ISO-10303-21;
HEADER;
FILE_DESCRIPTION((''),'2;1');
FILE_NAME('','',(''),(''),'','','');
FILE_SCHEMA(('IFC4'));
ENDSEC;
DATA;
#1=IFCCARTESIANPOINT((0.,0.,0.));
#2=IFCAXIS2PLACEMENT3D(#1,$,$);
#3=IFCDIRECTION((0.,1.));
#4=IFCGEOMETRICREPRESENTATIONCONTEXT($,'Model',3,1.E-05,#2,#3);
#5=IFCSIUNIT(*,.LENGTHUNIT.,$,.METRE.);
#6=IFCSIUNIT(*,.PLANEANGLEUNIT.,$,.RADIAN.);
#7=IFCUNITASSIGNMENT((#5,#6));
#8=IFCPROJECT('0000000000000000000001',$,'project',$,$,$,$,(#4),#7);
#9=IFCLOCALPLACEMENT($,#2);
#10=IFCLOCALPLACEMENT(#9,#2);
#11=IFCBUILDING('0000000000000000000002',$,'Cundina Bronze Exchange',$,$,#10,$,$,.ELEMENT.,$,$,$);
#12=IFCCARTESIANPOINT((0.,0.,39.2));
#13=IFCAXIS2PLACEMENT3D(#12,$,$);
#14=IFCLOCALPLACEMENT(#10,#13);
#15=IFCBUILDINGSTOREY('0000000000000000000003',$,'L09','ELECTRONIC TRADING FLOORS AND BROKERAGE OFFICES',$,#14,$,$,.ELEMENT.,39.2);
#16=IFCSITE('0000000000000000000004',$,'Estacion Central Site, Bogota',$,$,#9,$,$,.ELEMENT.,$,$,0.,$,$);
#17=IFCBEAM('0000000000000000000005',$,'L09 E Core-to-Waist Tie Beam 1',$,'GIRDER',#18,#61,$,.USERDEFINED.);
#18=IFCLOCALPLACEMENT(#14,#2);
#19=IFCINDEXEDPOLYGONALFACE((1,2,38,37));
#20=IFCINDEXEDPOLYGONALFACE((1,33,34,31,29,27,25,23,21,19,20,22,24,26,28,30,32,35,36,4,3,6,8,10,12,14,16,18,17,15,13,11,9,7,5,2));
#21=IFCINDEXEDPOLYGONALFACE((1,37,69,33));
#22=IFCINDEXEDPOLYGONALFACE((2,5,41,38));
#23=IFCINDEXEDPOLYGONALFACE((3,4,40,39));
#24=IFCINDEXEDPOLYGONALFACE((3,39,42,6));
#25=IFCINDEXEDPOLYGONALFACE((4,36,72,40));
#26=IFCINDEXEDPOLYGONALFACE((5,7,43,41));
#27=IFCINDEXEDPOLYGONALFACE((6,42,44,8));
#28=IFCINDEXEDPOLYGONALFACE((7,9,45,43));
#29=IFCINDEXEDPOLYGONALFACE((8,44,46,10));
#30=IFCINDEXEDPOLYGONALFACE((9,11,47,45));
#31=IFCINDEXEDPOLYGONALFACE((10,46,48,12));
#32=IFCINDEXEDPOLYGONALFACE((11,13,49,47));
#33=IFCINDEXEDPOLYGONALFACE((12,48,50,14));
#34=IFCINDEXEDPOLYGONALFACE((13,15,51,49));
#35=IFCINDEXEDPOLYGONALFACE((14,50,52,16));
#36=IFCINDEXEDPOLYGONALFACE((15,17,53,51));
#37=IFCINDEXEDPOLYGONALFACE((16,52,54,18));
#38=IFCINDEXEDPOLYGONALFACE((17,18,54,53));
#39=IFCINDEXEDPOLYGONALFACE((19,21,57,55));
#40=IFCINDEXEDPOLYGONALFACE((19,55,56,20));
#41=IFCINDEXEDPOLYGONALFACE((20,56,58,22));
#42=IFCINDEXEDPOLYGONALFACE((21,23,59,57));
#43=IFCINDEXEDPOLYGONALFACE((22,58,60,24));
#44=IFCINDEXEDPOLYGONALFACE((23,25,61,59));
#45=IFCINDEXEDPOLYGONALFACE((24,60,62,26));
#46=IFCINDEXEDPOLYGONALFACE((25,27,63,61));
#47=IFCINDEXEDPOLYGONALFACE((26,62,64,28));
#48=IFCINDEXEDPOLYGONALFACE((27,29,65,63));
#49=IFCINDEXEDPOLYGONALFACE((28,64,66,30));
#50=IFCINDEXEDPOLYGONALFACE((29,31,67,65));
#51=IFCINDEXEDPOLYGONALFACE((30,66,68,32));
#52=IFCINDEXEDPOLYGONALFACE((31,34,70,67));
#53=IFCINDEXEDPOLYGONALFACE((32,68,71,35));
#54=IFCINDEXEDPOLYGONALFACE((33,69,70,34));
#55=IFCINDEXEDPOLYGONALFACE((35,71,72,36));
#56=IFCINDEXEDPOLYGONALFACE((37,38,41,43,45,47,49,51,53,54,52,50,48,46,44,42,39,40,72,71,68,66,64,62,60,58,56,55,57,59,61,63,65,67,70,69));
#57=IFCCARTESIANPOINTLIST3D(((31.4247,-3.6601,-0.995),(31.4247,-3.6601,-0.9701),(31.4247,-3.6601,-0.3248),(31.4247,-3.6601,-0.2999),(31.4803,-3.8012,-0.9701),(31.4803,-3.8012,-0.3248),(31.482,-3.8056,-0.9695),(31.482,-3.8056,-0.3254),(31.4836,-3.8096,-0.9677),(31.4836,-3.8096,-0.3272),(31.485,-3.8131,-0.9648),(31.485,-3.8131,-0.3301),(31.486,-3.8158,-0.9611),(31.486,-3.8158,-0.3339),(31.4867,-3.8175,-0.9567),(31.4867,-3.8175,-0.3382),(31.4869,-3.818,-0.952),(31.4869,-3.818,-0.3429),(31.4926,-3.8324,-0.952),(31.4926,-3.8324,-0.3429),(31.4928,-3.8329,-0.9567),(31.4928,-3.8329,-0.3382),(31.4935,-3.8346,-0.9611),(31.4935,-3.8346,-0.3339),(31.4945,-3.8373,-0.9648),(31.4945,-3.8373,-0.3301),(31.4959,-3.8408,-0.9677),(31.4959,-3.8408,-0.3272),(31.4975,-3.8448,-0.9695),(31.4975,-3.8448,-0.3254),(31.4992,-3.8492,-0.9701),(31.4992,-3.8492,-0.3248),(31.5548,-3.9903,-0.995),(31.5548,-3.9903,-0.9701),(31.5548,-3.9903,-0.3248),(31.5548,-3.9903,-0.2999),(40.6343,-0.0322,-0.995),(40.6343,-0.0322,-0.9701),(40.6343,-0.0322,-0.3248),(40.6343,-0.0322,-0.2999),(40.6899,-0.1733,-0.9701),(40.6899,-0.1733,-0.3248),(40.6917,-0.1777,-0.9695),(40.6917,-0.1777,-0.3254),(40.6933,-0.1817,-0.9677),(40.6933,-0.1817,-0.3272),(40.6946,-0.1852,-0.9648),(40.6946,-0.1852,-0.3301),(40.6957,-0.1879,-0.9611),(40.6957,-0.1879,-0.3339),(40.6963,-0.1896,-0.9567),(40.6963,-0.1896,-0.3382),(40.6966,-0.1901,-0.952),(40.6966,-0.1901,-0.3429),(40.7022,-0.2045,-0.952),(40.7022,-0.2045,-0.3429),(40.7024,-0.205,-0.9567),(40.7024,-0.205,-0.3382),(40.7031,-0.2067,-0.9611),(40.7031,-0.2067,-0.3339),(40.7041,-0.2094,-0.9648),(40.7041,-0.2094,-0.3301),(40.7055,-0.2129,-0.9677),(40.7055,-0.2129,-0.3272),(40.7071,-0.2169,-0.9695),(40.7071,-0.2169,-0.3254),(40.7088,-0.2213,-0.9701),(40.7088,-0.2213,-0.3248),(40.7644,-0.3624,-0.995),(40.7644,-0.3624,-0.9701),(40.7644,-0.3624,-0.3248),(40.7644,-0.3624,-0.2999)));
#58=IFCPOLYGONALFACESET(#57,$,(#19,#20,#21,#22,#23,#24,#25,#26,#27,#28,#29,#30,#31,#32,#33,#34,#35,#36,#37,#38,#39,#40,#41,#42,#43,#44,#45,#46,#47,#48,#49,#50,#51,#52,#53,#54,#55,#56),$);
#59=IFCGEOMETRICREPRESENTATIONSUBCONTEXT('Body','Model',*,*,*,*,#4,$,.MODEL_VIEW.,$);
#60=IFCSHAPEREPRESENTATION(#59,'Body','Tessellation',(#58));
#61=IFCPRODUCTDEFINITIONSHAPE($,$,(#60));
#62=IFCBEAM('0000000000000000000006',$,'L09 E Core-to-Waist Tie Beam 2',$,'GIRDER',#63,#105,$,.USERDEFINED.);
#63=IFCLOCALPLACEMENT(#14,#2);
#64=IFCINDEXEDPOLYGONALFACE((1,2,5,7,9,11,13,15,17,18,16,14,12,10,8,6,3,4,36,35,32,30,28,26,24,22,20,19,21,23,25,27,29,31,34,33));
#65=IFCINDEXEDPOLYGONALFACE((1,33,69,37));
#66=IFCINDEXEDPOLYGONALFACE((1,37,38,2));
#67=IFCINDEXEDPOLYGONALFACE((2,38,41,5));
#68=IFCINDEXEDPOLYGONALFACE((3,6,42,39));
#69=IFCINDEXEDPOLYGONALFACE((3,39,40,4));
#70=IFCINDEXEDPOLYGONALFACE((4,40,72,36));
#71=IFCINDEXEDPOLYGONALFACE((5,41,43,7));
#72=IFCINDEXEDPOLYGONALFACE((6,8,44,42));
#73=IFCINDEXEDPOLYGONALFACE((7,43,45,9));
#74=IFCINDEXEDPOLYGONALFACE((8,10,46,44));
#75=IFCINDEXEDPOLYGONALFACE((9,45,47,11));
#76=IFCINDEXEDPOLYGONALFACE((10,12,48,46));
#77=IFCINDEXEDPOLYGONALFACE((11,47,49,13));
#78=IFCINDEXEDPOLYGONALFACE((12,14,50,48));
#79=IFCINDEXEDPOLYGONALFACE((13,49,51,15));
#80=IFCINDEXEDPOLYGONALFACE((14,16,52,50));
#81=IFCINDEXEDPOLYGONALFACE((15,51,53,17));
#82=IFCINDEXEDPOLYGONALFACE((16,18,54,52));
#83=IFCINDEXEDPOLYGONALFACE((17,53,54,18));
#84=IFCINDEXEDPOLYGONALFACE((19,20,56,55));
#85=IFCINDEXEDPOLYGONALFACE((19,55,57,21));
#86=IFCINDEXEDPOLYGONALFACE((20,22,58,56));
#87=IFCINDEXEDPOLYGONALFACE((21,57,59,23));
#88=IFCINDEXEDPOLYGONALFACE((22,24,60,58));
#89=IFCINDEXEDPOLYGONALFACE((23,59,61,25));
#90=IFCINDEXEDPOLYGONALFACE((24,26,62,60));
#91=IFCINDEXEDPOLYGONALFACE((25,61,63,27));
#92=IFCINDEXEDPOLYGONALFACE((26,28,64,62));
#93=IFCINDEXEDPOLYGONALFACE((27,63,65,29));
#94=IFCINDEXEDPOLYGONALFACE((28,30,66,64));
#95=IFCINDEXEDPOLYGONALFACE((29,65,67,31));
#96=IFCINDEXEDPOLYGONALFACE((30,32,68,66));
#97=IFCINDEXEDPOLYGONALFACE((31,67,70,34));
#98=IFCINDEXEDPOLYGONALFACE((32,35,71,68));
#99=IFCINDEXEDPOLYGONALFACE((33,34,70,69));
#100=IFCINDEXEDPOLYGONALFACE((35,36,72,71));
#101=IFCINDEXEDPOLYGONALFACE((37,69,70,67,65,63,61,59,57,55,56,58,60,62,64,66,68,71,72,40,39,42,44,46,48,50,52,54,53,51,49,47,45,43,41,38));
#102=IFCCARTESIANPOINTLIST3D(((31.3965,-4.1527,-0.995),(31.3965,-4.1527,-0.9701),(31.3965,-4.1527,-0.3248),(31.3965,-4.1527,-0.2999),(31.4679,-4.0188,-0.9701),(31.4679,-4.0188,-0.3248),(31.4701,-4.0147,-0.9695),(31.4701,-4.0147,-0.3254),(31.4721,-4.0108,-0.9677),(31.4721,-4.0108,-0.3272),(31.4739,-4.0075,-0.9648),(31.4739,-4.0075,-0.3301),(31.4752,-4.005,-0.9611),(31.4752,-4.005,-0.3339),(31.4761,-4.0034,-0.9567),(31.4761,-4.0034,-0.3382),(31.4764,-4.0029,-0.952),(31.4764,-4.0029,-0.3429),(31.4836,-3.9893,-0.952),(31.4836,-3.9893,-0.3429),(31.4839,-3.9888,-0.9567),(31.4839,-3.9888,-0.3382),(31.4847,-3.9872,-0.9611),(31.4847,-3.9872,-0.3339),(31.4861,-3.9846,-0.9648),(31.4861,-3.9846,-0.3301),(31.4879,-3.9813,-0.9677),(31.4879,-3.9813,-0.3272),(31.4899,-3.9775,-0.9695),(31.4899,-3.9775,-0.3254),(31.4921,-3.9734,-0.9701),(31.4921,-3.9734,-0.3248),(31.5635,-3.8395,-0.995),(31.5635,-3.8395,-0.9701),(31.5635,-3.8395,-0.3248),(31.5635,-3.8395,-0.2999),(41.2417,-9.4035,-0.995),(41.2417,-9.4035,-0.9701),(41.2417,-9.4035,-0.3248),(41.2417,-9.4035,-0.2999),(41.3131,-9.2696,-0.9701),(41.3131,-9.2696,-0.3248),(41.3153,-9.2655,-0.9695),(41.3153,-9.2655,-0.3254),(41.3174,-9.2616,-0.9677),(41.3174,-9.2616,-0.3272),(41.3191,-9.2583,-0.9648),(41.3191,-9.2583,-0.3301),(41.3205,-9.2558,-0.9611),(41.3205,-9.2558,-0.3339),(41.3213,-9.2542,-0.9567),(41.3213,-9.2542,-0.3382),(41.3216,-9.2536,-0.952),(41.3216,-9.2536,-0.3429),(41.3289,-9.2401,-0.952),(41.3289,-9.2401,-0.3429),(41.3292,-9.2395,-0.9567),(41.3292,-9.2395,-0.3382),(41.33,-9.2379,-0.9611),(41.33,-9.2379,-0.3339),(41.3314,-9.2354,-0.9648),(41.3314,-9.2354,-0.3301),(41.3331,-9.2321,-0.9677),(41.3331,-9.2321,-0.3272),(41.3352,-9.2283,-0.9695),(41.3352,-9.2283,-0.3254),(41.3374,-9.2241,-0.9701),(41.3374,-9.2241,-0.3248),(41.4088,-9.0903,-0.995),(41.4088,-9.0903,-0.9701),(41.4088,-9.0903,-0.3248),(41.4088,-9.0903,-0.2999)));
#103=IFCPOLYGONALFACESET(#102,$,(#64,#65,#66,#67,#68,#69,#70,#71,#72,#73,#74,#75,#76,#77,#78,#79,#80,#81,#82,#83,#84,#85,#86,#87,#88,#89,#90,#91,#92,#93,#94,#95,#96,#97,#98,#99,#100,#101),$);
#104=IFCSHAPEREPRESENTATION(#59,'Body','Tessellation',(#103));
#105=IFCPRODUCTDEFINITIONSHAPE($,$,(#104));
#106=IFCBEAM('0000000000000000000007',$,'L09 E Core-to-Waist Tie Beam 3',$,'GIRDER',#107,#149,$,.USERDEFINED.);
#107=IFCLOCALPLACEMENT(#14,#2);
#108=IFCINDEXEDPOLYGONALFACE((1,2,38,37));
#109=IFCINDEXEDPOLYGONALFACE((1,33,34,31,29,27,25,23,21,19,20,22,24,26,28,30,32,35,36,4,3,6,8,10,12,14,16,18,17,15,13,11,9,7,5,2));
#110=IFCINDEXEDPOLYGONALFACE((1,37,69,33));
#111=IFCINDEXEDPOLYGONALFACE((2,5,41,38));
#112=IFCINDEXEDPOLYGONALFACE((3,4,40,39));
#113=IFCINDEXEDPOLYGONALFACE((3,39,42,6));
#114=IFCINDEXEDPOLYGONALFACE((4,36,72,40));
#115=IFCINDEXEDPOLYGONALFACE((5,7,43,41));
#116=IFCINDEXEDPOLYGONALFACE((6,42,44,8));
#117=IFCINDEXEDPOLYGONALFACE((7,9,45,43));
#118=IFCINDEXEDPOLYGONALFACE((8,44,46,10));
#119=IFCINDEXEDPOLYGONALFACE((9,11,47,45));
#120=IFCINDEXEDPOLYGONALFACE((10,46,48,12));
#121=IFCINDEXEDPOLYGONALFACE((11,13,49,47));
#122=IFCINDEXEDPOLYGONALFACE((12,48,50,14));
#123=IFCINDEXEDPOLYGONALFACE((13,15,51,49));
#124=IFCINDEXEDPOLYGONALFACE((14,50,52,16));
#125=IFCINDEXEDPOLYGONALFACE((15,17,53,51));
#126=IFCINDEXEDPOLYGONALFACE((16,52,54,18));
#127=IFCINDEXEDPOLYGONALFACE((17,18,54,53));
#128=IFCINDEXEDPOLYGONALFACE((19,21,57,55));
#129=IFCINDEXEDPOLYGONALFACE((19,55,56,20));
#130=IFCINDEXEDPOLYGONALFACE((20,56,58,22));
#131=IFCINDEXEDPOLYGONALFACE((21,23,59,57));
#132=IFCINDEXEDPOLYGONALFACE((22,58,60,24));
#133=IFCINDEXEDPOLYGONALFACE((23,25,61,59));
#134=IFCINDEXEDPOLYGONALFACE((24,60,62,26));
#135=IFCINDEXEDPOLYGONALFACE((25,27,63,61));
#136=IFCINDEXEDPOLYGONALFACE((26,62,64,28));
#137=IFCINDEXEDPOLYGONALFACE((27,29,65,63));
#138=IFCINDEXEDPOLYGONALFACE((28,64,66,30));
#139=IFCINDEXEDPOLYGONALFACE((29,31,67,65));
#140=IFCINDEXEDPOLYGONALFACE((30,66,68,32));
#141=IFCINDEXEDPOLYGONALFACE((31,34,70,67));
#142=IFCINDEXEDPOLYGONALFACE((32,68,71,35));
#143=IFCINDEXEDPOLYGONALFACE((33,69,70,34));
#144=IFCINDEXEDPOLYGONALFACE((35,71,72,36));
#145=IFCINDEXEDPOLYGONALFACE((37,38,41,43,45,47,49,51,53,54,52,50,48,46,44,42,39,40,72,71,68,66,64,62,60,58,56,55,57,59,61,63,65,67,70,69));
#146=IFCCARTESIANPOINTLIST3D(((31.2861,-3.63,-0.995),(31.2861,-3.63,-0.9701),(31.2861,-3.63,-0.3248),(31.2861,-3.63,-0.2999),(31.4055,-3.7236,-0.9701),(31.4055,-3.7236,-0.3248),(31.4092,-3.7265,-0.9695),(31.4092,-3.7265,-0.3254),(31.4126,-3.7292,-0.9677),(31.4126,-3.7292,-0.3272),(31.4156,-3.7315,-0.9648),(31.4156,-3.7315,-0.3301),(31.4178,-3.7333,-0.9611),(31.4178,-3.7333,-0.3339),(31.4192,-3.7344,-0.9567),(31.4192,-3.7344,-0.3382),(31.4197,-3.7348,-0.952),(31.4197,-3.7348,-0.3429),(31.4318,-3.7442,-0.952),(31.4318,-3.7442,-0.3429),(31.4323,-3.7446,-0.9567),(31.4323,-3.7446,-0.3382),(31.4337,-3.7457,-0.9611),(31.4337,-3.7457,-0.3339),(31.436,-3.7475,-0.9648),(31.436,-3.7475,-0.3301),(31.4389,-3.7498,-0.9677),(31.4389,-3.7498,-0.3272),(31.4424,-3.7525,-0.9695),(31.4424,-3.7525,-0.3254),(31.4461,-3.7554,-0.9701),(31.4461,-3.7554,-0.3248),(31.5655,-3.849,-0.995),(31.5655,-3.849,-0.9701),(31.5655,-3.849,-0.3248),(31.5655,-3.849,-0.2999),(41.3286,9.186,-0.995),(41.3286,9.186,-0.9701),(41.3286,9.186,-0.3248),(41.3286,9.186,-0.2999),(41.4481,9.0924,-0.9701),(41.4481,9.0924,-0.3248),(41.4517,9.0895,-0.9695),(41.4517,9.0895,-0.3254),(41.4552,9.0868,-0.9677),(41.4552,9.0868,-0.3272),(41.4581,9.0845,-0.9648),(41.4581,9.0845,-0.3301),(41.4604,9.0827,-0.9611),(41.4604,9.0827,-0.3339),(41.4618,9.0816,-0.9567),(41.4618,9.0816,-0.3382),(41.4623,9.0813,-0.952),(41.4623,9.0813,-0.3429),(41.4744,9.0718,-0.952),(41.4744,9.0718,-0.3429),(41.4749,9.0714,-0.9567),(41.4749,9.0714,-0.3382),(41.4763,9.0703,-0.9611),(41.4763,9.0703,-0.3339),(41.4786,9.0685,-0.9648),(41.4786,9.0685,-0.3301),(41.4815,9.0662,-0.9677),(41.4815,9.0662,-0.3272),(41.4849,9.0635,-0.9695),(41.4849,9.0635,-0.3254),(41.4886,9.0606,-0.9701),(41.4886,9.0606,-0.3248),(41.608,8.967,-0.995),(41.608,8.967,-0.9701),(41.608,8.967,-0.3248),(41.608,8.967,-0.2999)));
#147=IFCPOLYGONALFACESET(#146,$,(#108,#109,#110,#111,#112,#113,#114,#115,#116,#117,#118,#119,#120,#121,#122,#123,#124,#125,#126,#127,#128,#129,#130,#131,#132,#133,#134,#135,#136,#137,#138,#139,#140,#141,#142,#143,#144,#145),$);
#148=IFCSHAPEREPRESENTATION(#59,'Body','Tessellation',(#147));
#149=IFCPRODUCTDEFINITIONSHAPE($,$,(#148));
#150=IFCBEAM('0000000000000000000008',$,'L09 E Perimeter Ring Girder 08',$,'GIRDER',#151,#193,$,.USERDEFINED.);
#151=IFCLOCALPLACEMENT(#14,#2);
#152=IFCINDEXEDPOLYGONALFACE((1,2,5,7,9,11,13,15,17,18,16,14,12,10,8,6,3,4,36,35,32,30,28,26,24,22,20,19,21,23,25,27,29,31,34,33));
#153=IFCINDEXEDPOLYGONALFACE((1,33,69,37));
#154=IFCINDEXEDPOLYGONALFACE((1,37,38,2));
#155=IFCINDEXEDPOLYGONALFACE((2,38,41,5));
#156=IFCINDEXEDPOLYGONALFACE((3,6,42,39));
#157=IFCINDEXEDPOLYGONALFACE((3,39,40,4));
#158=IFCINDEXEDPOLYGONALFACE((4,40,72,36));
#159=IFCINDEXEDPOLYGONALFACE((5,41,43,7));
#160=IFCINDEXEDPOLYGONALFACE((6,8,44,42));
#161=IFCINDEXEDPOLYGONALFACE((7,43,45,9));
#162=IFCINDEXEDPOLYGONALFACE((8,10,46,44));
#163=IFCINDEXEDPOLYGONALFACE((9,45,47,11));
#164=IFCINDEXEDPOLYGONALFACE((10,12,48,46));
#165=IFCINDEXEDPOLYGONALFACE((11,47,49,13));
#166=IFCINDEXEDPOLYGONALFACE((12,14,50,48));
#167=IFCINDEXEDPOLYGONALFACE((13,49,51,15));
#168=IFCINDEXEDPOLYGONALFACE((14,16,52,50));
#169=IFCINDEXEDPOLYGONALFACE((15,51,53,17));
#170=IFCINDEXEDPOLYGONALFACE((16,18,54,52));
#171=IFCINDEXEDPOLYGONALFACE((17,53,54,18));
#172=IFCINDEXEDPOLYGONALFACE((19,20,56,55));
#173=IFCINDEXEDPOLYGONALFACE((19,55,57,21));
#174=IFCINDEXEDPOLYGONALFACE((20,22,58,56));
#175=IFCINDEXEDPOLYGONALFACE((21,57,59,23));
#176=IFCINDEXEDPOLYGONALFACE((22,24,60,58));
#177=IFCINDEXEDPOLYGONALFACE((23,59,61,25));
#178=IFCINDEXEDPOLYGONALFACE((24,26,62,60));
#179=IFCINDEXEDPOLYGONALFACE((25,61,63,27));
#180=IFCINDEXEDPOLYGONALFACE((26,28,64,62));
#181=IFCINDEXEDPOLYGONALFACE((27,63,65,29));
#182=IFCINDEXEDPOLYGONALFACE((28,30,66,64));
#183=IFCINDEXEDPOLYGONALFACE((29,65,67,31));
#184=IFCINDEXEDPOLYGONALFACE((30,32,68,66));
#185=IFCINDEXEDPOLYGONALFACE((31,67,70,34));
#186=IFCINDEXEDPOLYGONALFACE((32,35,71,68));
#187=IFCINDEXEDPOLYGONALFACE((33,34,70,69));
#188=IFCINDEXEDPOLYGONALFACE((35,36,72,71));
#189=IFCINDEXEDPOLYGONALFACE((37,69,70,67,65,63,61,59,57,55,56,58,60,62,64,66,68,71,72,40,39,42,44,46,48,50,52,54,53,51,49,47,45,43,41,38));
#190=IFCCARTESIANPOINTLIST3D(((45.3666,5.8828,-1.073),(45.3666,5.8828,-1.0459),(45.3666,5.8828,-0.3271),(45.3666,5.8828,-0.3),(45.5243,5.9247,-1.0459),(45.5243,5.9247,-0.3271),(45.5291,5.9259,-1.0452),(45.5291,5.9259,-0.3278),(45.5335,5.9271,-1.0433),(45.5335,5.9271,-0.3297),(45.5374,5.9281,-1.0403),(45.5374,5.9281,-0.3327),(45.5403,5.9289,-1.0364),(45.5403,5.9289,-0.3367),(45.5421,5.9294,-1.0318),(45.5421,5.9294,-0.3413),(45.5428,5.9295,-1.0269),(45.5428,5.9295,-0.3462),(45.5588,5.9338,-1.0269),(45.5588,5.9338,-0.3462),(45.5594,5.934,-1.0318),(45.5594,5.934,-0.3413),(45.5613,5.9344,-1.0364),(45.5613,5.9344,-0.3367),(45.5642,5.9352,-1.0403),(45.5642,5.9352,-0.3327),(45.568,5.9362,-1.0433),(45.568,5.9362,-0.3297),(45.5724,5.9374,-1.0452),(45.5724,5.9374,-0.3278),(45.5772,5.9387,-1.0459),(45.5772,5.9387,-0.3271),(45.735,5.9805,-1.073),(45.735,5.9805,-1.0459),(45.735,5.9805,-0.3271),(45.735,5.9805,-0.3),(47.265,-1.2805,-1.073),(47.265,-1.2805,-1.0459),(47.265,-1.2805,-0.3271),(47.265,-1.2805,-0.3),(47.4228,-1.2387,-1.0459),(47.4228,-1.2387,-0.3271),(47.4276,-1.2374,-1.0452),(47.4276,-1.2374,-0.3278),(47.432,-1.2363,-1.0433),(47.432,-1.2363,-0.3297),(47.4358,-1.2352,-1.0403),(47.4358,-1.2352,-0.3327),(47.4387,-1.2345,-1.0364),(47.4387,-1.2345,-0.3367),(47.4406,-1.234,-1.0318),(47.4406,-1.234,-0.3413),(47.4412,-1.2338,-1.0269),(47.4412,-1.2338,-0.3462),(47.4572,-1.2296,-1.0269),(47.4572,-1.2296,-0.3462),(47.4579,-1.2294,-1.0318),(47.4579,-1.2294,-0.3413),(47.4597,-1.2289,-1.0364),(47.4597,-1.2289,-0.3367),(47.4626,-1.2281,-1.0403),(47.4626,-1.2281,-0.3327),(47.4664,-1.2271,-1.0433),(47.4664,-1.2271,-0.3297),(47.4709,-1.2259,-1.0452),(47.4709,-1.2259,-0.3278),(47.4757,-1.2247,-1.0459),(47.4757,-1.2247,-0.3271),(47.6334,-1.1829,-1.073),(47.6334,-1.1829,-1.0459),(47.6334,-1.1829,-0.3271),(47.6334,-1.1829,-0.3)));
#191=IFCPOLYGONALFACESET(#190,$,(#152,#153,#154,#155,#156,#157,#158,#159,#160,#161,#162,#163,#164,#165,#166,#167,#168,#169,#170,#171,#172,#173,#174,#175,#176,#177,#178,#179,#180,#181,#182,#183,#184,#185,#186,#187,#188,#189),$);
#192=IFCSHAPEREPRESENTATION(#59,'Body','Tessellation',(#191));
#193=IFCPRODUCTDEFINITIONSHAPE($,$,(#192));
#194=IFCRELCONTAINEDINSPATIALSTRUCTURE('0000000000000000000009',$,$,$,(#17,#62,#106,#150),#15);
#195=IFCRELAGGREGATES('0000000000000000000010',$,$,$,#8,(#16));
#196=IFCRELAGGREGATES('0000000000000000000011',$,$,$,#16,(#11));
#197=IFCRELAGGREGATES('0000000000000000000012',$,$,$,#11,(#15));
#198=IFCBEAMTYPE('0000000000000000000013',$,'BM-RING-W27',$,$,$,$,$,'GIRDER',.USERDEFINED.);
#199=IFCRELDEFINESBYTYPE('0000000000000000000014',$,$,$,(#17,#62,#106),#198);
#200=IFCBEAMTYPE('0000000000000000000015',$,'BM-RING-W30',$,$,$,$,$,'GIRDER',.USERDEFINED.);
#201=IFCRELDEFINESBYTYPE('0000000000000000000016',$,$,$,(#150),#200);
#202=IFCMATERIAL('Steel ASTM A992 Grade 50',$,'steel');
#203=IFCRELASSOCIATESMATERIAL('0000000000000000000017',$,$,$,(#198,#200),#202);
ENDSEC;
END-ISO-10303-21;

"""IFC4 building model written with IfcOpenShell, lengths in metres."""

from ifc_helpers import new_model, si_unit, direction, frame, origin, origin_2d, place, context, subcontext, project, spatial, i_section, extrude, material, material_profile, profile_set, type_object, element, save


model = new_model("IFC4")

# Units and contexts
model_context = context("Model", 3, precision=1e-05, world=origin(), true_north=direction((0.0, 1.0)))
body_context = subcontext(model_context, "Body", "Model", "MODEL_VIEW")
ifc_project = project(units=[si_unit("LENGTHUNIT", "METRE"), si_unit("PLANEANGLEUNIT", "RADIAN")], contexts=[model_context])

# Site, building, storey
site_placement = place(None, origin())
site = spatial("IfcSite", under=ifc_project, at=site_placement, Name="Estacion Central Site, Bogota", CompositionType="ELEMENT", RefElevation=0.0)
building_placement = place(site_placement, origin())
building = spatial("IfcBuilding", under=site, at=building_placement, Name="Cundina Bronze Exchange", CompositionType="ELEMENT")
storey_placement = place(building_placement, frame((0.0, 0.0, 39.2)))
storey = spatial("IfcBuildingStorey", under=building, at=storey_placement, Name="L09", Description="ELECTRONIC TRADING FLOORS AND BROKERAGE OFFICES", CompositionType="ELEMENT", Elevation=39.2)

# Shared definitions
ifc_material_1 = material(Name="Steel ASTM A992 Grade 50", Category="steel")

# Beams
ifc_material_profile_1 = material_profile(ifc_material_1, i_section(OverallWidth=0.355, OverallDepth=0.6951, WebThickness=0.0154, FlangeThickness=0.0249, FilletRadius=0.0181, at=origin_2d()), Name="W27X146", Category="steel")
ifc_profile_set_1 = profile_set([ifc_material_profile_1], Name="Steel ASTM A992 Grade 50")
beam_type_1 = type_object("IfcBeamType", Name="BM-RING-W27", ElementType="GIRDER", PredefinedType="USERDEFINED", material=ifc_profile_set_1)
beam_1_placement = place(storey_placement, frame((31.4897, -3.8252, -0.6475), z_axis=(0.930413, 0.366512, 0.0), x_axis=(-0.366512, 0.930413, 0.0)))
element("IfcBeam", 1, at=beam_1_placement, inside=storey, type_object=beam_type_1, Name="L09 E Core-to-Waist Tie Beam 1", ObjectType="GIRDER", PredefinedType="USERDEFINED", context=body_context, shape_type="SweptSolid", body=[
    extrude(i_section(OverallWidth=0.355, OverallDepth=0.6951, WebThickness=0.0154, FlangeThickness=0.0249, FilletRadius=0.0181, at=origin_2d()), origin(), (0.0, 0.0, 1.0), 9.8984),
])
beam_2_placement = place(storey_placement, frame((31.48, -3.9961, -0.6475), z_axis=(0.882355, -0.470585, 0.0), x_axis=(0.470585, 0.882355, 0.0)))
element("IfcBeam", 2, at=beam_2_placement, inside=storey, type_object=beam_type_1, Name="L09 E Core-to-Waist Tie Beam 2", ObjectType="GIRDER", PredefinedType="USERDEFINED", context=body_context, shape_type="SweptSolid", body=[
    extrude(i_section(OverallWidth=0.355, OverallDepth=0.6951, WebThickness=0.0154, FlangeThickness=0.0249, FilletRadius=0.0181, at=origin_2d()), origin(), (0.0, 0.0, 1.0), 11.158),
])
beam_3_placement = place(storey_placement, frame((31.4258, -3.7395, -0.6475), z_axis=(0.616789, 0.787128, 0.0), x_axis=(-0.787128, 0.616789, 0.0)))
element("IfcBeam", 3, at=beam_3_placement, inside=storey, type_object=beam_type_1, Name="L09 E Core-to-Waist Tie Beam 3", ObjectType="GIRDER", PredefinedType="USERDEFINED", context=body_context, shape_type="SweptSolid", body=[
    extrude(i_section(OverallWidth=0.355, OverallDepth=0.6951, WebThickness=0.0154, FlangeThickness=0.0249, FilletRadius=0.0181, at=origin_2d()), origin(), (0.0, 0.0, 1.0), 16.282),
])
ifc_material_profile_2 = material_profile(ifc_material_1, i_section(OverallWidth=0.3811, OverallDepth=0.7729, WebThickness=0.0166, FlangeThickness=0.0271, FilletRadius=0.019, at=origin_2d()), Name="W30X173", Category="steel")
ifc_profile_set_2 = profile_set([ifc_material_profile_2], Name="Steel ASTM A992 Grade 50")
beam_type_2 = type_object("IfcBeamType", Name="BM-RING-W30", ElementType="GIRDER", PredefinedType="USERDEFINED", material=ifc_profile_set_2)
for number, where, z_axis, x_axis, name in (
    (4, (47.4492, -1.2317, -0.6865), (-0.256178, 0.96663, 0.0), (-0.96663, -0.256178, 0.0), "L09 E Perimeter Ring Girder 08"),
):
    element("IfcBeam", number, at=place(storey_placement, frame(where, z_axis=z_axis, x_axis=x_axis)), inside=storey, type_object=beam_type_2, Name=name, ObjectType="GIRDER", PredefinedType="USERDEFINED", context=body_context, shape_type="SweptSolid", body=[
        extrude(i_section(OverallWidth=0.3811, OverallDepth=0.7729, WebThickness=0.0166, FlangeThickness=0.0271, FilletRadius=0.019, at=origin_2d()), origin(), (0.0, 0.0, 1.0), 7.4106),
    ])

save(model, "model.ifc")
